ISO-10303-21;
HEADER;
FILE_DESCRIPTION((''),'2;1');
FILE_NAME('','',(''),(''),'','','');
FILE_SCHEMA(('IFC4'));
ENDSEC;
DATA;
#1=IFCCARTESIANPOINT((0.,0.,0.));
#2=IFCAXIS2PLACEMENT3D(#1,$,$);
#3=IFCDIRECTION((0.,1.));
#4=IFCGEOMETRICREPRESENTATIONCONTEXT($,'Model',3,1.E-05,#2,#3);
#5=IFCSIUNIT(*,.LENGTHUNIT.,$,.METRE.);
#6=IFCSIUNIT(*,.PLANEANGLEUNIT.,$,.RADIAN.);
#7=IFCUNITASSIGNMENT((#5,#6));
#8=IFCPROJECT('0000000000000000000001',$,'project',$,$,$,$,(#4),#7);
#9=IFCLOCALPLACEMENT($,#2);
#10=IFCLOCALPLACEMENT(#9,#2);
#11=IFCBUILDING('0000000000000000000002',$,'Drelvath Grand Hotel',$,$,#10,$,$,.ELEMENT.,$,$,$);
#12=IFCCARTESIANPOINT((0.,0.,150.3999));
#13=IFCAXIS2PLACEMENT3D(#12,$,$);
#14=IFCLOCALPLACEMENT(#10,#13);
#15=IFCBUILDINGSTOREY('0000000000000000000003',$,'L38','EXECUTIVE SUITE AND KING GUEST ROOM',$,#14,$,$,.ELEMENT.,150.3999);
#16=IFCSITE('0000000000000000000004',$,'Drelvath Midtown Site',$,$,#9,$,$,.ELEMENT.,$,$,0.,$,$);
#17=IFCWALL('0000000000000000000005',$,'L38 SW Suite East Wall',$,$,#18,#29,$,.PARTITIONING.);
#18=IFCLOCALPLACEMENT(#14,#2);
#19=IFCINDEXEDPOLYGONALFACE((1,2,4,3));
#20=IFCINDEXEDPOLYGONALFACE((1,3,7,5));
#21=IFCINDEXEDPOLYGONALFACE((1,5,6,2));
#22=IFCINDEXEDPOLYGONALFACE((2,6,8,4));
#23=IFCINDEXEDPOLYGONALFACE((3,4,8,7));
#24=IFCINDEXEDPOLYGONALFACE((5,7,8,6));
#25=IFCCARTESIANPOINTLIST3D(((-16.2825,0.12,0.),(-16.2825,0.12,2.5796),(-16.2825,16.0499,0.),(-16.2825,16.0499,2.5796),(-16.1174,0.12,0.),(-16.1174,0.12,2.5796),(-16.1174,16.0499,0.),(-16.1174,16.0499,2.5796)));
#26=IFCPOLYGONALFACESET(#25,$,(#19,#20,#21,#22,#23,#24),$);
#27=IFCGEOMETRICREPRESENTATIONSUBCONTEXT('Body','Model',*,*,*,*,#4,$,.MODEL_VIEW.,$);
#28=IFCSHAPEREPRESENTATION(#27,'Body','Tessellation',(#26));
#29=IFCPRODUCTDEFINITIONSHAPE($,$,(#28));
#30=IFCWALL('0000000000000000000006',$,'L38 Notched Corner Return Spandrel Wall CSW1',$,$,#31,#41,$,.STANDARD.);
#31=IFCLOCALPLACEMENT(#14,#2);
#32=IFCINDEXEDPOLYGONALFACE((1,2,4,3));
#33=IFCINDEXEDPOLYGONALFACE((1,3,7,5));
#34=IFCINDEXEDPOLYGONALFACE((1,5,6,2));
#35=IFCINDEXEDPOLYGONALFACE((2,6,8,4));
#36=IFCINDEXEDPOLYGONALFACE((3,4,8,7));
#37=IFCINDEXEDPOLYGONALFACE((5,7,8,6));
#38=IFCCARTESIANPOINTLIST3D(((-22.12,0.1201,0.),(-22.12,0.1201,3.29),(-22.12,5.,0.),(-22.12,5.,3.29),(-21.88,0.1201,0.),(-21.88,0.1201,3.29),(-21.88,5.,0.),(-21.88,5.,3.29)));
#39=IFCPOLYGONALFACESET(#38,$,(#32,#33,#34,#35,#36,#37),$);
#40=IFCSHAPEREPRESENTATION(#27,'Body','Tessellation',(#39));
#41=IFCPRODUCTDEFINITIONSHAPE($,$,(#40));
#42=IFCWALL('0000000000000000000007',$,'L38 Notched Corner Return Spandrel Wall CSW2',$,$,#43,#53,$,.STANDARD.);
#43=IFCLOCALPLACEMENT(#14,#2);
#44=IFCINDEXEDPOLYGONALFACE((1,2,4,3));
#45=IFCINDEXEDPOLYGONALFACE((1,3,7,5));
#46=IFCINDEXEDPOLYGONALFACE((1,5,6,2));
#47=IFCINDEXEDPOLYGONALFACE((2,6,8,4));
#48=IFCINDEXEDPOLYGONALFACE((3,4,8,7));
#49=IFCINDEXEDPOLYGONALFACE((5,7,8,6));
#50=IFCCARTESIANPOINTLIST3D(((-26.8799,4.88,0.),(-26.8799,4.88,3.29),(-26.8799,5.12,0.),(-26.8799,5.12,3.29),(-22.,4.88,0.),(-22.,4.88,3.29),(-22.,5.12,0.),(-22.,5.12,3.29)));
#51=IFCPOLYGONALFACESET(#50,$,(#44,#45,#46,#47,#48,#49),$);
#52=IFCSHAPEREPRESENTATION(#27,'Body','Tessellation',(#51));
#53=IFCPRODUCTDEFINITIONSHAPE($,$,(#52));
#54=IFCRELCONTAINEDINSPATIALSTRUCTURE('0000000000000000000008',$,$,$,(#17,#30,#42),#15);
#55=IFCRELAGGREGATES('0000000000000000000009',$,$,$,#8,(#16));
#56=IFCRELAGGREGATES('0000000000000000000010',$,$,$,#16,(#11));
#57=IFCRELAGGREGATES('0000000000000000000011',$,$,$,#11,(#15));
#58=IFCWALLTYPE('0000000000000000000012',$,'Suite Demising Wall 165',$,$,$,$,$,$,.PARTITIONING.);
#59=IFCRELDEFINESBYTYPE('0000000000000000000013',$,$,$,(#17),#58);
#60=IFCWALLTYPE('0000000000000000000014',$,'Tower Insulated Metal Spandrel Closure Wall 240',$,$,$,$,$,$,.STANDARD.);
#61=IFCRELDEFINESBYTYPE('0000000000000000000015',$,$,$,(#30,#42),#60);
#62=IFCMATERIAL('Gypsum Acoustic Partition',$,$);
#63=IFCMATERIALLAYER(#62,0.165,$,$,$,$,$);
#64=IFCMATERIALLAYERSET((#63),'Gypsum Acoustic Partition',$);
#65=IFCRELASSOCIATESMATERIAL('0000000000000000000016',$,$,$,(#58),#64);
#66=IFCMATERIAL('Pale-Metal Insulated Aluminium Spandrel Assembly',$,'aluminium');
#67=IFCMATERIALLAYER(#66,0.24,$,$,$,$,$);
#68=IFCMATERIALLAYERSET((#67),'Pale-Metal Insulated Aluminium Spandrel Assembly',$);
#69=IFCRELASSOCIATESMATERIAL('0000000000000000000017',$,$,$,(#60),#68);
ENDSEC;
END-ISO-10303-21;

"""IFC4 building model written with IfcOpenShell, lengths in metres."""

from ifc_helpers import new_model, si_unit, direction, frame, frame_2d, origin, place, context, subcontext, project, spatial, rectangle, extrude, material, layer, layer_set, type_object, element, save


model = new_model("IFC4")

# Units and contexts
model_context = context("Model", 3, precision=1e-05, world=origin(), true_north=direction((0.0, 1.0)))
body_context = subcontext(model_context, "Body", "Model", "MODEL_VIEW")
ifc_project = project(units=[si_unit("LENGTHUNIT", "METRE"), si_unit("PLANEANGLEUNIT", "RADIAN")], contexts=[model_context])

# Site, building, storey
site_placement = place(None, origin())
site = spatial("IfcSite", under=ifc_project, at=site_placement, Name="Drelvath Midtown Site", CompositionType="ELEMENT", RefElevation=0.0)
building_placement = place(site_placement, origin())
building = spatial("IfcBuilding", under=site, at=building_placement, Name="Drelvath Grand Hotel", CompositionType="ELEMENT")
storey_placement = place(building_placement, frame((0.0, 0.0, 150.3999)))
storey = spatial("IfcBuildingStorey", under=building, at=storey_placement, Name="L38", Description="EXECUTIVE SUITE AND KING GUEST ROOM", CompositionType="ELEMENT", Elevation=150.3999)

# Walls
ifc_material_1 = material(Name="Gypsum Acoustic Partition")
ifc_layer_1 = layer(ifc_material_1, 0.165)
ifc_layer_set_1 = layer_set([ifc_layer_1], Name="Gypsum Acoustic Partition")
wall_type_1 = type_object("IfcWallType", Name="Suite Demising Wall 165", PredefinedType="PARTITIONING", material=ifc_layer_set_1)
wall_placement = place(storey_placement, frame((-16.2, 0.1201, 0.0), z_axis=(0.0, 0.0, 1.0), x_axis=(0.0, 1.0, 0.0)))
element("IfcWall", 1, at=wall_placement, inside=storey, type_object=wall_type_1, Name="L38 SW Suite East Wall", PredefinedType="PARTITIONING", context=body_context, shape_type="SweptSolid", body=[
    extrude(rectangle(XDim=15.9299, YDim=0.165, at=frame_2d((7.9648, 0.0))), origin(), (0.0, 0.0, 1.0), 2.5796),
])
ifc_material_2 = material(Name="Pale-Metal Insulated Aluminium Spandrel Assembly", Category="aluminium")
ifc_layer_2 = layer(ifc_material_2, 0.24)
ifc_layer_set_2 = layer_set([ifc_layer_2], Name="Pale-Metal Insulated Aluminium Spandrel Assembly")
wall_type_2 = type_object("IfcWallType", Name="Tower Insulated Metal Spandrel Closure Wall 240", PredefinedType="STANDARD", material=ifc_layer_set_2)
for number, where, z_axis, x_axis, name in (
    (2, (-22.0, 0.1201, 0.0), (0.0, 0.0, 1.0), (0.0, 1.0, 0.0), "L38 Notched Corner Return Spandrel Wall CSW1"),
    (3, (-22.0, 5.0, 0.0), (0.0, 0.0, 1.0), (-1.0, 0.0, 0.0), "L38 Notched Corner Return Spandrel Wall CSW2"),
):
    element("IfcWall", number, at=place(storey_placement, frame(where, z_axis=z_axis, x_axis=x_axis)), inside=storey, type_object=wall_type_2, Name=name, PredefinedType="STANDARD", context=body_context, shape_type="SweptSolid", body=[
        extrude(rectangle(XDim=4.8799, YDim=0.24, at=frame_2d((2.4399, 0.0))), origin(), (0.0, 0.0, 1.0), 3.29),
    ])

save(model, "model.ifc")
